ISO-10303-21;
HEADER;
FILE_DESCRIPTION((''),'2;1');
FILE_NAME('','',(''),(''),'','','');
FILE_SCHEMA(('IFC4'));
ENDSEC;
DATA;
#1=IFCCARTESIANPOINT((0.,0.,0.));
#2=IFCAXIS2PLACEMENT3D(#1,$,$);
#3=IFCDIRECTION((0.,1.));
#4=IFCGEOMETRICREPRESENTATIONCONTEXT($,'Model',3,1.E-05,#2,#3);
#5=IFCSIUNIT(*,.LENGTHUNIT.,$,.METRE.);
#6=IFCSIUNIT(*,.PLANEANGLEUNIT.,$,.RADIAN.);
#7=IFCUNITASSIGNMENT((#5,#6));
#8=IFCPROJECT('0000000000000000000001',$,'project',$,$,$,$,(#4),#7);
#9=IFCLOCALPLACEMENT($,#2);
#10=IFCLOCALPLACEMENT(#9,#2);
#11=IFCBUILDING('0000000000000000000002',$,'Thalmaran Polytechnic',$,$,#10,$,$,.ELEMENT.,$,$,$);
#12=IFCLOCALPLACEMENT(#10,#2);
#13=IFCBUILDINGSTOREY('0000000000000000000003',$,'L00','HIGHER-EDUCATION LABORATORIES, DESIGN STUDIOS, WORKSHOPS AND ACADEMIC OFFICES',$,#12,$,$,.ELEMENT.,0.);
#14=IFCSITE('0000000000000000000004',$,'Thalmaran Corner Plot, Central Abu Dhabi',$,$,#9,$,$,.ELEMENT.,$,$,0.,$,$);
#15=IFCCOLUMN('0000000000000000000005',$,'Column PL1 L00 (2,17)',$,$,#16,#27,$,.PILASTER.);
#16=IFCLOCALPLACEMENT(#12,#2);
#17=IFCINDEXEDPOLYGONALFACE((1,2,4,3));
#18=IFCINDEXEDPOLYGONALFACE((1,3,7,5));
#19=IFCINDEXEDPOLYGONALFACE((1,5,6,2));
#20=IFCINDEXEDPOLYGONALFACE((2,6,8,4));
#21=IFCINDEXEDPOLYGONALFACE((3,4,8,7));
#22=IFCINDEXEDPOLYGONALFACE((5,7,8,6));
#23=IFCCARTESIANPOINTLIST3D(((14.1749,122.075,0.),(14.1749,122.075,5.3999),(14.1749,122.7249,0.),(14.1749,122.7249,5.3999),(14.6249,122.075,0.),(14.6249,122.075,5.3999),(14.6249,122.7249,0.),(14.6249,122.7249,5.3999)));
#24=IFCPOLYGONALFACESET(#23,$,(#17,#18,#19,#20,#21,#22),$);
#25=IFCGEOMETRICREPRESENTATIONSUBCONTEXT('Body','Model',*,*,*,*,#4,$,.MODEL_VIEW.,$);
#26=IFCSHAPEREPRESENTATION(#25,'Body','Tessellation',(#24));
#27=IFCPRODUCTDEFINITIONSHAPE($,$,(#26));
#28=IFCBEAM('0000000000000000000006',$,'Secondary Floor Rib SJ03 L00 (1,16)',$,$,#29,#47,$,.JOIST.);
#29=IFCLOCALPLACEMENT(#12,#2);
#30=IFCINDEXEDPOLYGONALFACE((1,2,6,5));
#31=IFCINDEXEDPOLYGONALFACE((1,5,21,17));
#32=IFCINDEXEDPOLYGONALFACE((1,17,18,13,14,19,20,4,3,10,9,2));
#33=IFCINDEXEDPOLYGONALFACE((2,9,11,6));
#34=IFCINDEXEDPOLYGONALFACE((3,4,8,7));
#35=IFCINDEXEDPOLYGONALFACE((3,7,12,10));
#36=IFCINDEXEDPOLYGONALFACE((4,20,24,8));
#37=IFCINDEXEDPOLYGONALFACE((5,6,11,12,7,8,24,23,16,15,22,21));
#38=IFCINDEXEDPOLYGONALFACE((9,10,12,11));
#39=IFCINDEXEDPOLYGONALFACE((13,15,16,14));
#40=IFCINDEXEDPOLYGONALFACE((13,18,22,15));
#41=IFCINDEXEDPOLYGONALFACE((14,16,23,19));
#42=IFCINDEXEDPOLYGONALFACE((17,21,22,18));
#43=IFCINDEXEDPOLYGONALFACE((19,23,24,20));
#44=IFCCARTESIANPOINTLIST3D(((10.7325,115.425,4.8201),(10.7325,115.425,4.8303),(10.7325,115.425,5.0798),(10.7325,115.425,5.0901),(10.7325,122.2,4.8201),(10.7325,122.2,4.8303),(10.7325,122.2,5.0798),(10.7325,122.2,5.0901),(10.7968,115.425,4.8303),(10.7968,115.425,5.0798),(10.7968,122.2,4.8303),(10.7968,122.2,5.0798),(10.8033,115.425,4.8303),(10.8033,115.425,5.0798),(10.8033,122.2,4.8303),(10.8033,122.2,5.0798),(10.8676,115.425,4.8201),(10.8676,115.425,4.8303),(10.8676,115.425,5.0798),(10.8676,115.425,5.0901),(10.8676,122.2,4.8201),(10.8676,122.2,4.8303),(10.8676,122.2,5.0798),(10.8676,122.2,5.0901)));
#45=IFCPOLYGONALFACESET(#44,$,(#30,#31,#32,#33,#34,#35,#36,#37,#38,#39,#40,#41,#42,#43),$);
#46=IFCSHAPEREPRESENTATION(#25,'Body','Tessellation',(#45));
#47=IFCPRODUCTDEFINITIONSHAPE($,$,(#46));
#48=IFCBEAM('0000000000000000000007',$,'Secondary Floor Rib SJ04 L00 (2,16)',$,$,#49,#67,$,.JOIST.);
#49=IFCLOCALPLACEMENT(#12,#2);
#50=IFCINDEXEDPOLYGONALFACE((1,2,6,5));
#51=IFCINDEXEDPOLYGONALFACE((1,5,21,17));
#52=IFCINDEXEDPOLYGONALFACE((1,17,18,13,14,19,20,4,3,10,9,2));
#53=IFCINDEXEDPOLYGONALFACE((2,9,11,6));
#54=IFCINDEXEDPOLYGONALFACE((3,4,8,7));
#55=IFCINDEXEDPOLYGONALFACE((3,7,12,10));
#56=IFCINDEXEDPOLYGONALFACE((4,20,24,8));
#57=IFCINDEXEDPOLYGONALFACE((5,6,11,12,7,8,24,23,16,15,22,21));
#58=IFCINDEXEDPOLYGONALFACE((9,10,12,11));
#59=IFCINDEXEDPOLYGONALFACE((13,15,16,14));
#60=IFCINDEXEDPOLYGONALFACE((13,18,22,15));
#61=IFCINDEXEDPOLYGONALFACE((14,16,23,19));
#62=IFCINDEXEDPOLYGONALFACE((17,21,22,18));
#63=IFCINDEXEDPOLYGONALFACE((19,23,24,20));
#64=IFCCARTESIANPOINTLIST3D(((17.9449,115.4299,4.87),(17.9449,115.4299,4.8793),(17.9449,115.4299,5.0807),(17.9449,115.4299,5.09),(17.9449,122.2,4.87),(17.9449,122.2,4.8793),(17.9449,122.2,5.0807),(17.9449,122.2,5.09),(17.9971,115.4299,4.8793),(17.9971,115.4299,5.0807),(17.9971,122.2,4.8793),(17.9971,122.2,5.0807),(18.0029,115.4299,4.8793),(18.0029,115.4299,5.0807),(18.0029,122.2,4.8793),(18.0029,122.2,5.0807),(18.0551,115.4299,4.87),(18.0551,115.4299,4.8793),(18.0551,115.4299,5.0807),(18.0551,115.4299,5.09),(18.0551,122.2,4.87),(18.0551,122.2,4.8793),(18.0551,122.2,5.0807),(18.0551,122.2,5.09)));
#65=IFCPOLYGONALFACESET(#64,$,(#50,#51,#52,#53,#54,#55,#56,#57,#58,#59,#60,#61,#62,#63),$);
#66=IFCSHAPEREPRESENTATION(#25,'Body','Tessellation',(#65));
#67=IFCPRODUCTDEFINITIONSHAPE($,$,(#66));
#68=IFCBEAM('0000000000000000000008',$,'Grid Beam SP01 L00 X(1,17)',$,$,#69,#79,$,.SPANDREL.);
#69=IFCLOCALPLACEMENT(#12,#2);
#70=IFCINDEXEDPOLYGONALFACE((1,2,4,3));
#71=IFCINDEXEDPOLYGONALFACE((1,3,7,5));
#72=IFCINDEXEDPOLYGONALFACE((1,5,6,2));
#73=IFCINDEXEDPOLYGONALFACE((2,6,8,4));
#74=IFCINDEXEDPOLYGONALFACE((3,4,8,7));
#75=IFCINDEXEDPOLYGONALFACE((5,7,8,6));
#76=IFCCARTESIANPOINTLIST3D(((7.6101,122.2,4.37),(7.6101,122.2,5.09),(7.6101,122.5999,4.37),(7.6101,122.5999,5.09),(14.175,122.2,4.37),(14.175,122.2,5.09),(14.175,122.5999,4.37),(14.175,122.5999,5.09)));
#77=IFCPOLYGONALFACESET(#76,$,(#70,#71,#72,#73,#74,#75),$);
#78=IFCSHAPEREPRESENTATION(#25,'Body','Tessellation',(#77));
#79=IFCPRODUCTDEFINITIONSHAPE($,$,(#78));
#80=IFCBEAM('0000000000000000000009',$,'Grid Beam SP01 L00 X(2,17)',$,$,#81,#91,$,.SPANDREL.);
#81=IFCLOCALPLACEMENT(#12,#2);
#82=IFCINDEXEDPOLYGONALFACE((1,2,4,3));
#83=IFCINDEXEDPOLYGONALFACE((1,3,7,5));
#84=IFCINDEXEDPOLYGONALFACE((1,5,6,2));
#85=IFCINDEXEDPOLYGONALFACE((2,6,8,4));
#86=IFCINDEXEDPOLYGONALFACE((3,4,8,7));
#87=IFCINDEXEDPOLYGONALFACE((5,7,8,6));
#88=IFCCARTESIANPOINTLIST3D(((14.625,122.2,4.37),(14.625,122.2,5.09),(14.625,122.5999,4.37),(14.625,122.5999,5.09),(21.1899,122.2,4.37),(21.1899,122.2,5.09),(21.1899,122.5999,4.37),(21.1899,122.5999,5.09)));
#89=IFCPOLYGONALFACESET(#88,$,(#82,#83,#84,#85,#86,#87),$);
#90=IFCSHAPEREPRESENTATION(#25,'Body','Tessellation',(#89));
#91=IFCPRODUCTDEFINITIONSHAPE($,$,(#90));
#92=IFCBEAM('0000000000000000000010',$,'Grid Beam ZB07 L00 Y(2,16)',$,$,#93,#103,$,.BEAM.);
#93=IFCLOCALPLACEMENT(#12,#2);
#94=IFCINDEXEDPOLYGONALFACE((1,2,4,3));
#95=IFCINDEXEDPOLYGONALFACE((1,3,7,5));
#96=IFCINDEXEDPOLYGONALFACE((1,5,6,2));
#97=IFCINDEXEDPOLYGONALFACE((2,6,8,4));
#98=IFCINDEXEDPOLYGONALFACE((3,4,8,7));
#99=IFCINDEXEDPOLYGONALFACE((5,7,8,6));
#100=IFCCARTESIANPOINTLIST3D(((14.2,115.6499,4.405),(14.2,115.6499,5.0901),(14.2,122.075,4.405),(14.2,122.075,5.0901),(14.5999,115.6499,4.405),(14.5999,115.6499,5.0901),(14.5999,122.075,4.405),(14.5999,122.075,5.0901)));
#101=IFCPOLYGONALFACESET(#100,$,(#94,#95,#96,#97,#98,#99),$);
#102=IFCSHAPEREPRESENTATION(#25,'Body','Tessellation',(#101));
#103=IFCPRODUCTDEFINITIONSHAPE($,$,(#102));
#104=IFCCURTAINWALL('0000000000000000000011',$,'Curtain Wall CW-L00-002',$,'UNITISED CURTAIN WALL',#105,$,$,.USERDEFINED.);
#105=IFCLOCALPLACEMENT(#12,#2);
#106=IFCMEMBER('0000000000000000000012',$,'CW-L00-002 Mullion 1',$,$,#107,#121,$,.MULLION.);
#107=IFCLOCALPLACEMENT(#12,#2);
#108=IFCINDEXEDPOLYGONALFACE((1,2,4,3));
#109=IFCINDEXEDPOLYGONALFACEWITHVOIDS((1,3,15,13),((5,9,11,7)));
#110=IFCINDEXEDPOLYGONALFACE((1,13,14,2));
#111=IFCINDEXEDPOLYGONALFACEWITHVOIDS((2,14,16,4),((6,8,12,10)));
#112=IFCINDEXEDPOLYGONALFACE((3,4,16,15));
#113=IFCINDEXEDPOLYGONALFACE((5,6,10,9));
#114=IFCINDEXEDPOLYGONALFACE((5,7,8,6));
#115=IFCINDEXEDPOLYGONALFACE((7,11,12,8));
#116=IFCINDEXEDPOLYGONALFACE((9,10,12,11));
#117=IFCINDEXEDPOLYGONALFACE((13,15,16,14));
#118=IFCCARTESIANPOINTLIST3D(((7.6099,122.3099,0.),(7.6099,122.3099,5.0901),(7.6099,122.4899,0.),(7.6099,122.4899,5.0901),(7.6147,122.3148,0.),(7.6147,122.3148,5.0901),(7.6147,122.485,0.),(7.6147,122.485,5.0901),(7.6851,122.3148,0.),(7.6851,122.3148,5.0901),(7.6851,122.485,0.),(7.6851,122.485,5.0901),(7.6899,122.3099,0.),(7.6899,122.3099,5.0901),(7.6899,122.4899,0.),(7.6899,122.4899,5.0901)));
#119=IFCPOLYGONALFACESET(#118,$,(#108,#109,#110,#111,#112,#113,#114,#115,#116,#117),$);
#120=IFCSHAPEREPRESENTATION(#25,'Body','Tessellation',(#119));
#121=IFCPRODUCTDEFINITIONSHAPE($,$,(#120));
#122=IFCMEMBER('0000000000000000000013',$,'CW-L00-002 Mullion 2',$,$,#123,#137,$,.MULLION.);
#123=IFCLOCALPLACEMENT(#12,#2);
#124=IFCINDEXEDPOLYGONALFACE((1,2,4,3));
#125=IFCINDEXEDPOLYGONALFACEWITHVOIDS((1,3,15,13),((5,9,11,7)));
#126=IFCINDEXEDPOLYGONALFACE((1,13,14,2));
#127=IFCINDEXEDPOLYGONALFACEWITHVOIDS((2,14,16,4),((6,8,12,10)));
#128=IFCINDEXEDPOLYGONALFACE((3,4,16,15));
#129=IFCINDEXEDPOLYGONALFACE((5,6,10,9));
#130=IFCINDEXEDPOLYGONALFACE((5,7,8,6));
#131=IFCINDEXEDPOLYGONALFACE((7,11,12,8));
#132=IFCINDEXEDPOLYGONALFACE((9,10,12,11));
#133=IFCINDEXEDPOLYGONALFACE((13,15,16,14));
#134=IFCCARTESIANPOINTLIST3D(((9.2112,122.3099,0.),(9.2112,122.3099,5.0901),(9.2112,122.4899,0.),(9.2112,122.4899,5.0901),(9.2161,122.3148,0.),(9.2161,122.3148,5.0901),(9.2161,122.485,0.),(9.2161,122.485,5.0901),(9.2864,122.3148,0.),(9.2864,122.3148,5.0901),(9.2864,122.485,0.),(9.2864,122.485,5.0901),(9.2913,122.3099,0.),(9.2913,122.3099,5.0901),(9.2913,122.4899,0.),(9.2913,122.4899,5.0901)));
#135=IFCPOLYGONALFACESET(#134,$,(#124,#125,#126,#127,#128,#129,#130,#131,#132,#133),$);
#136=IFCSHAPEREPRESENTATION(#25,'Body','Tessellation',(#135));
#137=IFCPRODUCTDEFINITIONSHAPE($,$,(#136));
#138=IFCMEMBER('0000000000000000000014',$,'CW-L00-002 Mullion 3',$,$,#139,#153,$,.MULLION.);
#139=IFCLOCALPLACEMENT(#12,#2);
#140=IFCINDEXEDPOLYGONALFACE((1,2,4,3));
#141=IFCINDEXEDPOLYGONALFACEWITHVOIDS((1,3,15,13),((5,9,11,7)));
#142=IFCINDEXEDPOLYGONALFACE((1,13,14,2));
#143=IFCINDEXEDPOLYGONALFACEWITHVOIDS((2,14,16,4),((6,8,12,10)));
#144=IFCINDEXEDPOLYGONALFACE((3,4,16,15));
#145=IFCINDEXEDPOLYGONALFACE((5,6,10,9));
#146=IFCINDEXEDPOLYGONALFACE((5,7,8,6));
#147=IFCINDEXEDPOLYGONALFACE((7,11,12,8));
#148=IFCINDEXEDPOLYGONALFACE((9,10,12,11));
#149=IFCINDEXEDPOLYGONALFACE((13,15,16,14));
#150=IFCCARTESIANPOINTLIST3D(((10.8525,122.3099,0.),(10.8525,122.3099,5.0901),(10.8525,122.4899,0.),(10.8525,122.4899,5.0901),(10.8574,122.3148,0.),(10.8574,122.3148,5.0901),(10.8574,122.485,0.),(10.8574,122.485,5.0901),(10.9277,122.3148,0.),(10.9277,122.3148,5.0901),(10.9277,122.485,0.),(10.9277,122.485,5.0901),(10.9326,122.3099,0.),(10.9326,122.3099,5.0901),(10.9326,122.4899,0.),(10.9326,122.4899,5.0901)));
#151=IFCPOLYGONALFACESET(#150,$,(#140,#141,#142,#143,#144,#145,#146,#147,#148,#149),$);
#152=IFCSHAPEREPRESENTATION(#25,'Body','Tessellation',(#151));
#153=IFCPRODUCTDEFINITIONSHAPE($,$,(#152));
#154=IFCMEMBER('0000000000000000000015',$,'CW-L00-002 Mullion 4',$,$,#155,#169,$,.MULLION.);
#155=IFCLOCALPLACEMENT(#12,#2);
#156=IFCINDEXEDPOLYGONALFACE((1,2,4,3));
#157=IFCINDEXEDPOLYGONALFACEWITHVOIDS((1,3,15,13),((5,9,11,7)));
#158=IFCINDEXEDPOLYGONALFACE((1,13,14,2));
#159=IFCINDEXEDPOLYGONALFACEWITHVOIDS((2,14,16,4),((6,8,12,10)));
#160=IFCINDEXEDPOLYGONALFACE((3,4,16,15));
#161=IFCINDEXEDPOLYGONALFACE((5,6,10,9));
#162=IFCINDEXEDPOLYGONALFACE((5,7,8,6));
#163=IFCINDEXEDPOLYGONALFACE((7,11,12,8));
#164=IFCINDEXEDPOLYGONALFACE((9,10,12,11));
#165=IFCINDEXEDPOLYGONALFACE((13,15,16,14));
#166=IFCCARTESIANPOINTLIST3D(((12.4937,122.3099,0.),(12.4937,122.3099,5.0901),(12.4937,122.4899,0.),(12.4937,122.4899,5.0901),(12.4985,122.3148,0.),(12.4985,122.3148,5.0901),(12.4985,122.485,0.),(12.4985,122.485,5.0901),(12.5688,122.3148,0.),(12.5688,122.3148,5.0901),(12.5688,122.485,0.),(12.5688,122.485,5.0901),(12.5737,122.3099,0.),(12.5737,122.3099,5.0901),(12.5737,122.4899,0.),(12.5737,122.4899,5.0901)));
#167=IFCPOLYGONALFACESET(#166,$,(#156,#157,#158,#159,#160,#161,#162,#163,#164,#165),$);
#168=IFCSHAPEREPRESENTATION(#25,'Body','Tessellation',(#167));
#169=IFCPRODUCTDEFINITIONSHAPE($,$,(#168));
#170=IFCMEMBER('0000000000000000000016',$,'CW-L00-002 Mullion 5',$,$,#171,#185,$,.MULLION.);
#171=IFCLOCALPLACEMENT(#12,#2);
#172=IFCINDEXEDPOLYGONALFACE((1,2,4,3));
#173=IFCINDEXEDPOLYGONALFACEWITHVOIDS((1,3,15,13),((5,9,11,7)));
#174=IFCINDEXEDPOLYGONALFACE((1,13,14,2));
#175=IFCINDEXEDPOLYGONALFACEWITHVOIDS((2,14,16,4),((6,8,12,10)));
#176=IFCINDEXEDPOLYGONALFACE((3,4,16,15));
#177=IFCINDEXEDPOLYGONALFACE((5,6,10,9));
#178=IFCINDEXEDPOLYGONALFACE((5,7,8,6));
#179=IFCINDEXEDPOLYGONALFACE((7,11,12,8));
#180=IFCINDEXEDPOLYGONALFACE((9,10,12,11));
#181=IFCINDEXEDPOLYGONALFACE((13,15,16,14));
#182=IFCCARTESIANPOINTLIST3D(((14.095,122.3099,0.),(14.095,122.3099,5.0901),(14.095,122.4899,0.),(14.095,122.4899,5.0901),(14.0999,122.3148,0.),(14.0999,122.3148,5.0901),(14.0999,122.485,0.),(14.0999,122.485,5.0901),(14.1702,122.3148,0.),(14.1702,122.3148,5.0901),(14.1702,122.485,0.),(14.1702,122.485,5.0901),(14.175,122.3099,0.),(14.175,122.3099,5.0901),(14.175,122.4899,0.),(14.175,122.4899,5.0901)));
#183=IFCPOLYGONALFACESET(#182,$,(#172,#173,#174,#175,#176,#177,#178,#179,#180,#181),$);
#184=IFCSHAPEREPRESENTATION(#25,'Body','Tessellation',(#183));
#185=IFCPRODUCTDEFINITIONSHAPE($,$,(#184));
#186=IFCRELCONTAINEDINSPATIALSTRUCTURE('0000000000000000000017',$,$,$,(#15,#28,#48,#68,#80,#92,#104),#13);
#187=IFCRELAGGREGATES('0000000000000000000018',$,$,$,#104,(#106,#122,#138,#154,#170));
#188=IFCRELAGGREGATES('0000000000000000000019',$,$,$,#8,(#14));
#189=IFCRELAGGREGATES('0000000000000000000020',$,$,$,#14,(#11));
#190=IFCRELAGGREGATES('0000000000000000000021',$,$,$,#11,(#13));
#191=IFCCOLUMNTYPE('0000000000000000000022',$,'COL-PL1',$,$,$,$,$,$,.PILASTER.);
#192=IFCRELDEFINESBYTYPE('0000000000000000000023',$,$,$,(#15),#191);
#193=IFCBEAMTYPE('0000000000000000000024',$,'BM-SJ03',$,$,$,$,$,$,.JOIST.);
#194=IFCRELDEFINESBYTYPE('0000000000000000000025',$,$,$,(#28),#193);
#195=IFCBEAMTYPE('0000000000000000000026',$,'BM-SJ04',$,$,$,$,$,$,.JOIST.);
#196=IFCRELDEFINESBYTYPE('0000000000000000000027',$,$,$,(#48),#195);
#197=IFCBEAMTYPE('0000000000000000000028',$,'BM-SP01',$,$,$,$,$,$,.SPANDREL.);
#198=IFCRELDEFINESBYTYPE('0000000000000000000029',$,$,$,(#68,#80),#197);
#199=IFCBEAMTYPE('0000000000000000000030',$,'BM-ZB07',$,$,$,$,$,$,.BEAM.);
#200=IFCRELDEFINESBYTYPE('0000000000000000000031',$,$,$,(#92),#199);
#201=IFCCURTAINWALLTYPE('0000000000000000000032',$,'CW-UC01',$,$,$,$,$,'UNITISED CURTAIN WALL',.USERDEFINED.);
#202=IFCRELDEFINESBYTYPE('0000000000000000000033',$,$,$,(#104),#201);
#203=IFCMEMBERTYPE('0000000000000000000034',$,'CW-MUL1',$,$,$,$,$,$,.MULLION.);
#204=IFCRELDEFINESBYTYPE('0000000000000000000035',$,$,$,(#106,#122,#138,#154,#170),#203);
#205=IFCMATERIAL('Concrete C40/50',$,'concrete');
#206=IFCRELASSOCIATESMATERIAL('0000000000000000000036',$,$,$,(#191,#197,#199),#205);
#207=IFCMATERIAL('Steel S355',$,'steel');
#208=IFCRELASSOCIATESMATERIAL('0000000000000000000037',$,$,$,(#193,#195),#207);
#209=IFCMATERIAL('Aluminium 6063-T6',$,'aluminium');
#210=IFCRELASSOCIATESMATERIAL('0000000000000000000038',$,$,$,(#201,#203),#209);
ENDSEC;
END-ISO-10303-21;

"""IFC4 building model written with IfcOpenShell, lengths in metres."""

from ifc_helpers import new_model, si_unit, direction, frame, origin, origin_2d, place, context, subcontext, project, spatial, rectangle, hollow_rectangle, i_section, extrude, material, material_profile, profile_set, type_object, element, aggregate, save


model = new_model("IFC4")

# Units and contexts
model_context = context("Model", 3, precision=1e-05, world=origin(), true_north=direction((0.0, 1.0)))
body_context = subcontext(model_context, "Body", "Model", "MODEL_VIEW")
ifc_project = project(units=[si_unit("LENGTHUNIT", "METRE"), si_unit("PLANEANGLEUNIT", "RADIAN")], contexts=[model_context])

# Site, building, storey
site_placement = place(None, origin())
site = spatial("IfcSite", under=ifc_project, at=site_placement, Name="Thalmaran Corner Plot, Central Abu Dhabi", CompositionType="ELEMENT", RefElevation=0.0)
building_placement = place(site_placement, origin())
building = spatial("IfcBuilding", under=site, at=building_placement, Name="Thalmaran Polytechnic", CompositionType="ELEMENT")
storey_placement = place(building_placement, origin())
storey = spatial("IfcBuildingStorey", under=building, at=storey_placement, Name="L00", Description="HIGHER-EDUCATION LABORATORIES, DESIGN STUDIOS, WORKSHOPS AND ACADEMIC OFFICES", CompositionType="ELEMENT", Elevation=0.0)

# Column
ifc_material_1 = material(Name="Concrete C40/50", Category="concrete")
ifc_material_profile_1 = material_profile(ifc_material_1, rectangle(XDim=0.45, YDim=0.6499, at=origin_2d()), Name="RC 450x650")
ifc_profile_set_1 = profile_set([ifc_material_profile_1], Name="Concrete C40/50")
column_type = type_object("IfcColumnType", Name="COL-PL1", PredefinedType="PILASTER", material=ifc_profile_set_1)
column_placement = place(storey_placement, frame((14.3999, 122.3999, 0.0), z_axis=(0.0, 0.0, 1.0), x_axis=(1.0, 0.0, 0.0)))
element("IfcColumn", 1, at=column_placement, inside=storey, type_object=column_type, Name="Column PL1 L00 (2,17)", PredefinedType="PILASTER", context=body_context, shape_type="SweptSolid", body=[
    extrude(rectangle(XDim=0.45, YDim=0.6499, at=origin_2d()), origin(), (0.0, 0.0, 1.0), 5.3999),
])

# Beams
ifc_material_2 = material(Name="Steel S355", Category="steel")
ifc_material_profile_2 = material_profile(ifc_material_2, i_section(OverallWidth=0.135, OverallDepth=0.27, WebThickness=0.0066, FlangeThickness=0.0103, at=origin_2d()), Name="IPE 270")
ifc_profile_set_2 = profile_set([ifc_material_profile_2], Name="Steel S355")
beam_type_1 = type_object("IfcBeamType", Name="BM-SJ03", PredefinedType="JOIST", material=ifc_profile_set_2)
beam_1_placement = place(storey_placement, frame((10.8, 115.425, 4.9551), z_axis=(0.0, 1.0, 0.0), x_axis=(-1.0, 0.0, 0.0)))
element("IfcBeam", 2, at=beam_1_placement, inside=storey, type_object=beam_type_1, Name="Secondary Floor Rib SJ03 L00 (1,16)", PredefinedType="JOIST", context=body_context, shape_type="SweptSolid", body=[
    extrude(i_section(OverallWidth=0.135, OverallDepth=0.27, WebThickness=0.0066, FlangeThickness=0.0103, at=origin_2d()), origin(), (0.0, 0.0, 1.0), 6.7749),
])
ifc_material_profile_3 = material_profile(ifc_material_2, i_section(OverallWidth=0.1101, OverallDepth=0.22, WebThickness=0.0059, FlangeThickness=0.0093, at=origin_2d()), Name="IPE 220")
ifc_profile_set_3 = profile_set([ifc_material_profile_3], Name="Steel S355")
beam_type_2 = type_object("IfcBeamType", Name="BM-SJ04", PredefinedType="JOIST", material=ifc_profile_set_3)
beam_2_placement = place(storey_placement, frame((18.0, 115.4299, 4.98), z_axis=(0.0, 1.0, 0.0), x_axis=(-1.0, 0.0, 0.0)))
element("IfcBeam", 3, at=beam_2_placement, inside=storey, type_object=beam_type_2, Name="Secondary Floor Rib SJ04 L00 (2,16)", PredefinedType="JOIST", context=body_context, shape_type="SweptSolid", body=[
    extrude(i_section(OverallWidth=0.1101, OverallDepth=0.22, WebThickness=0.0059, FlangeThickness=0.0093, at=origin_2d()), origin(), (0.0, 0.0, 1.0), 6.77),
])
ifc_material_profile_4 = material_profile(ifc_material_1, rectangle(XDim=0.3999, YDim=0.72, at=origin_2d()), Name="RC 400x720")
ifc_profile_set_4 = profile_set([ifc_material_profile_4], Name="Concrete C40/50")
beam_type_3 = type_object("IfcBeamType", Name="BM-SP01", PredefinedType="SPANDREL", material=ifc_profile_set_4)
for number, where, z_axis, x_axis, name in (
    (4, (7.6101, 122.3999, 4.73), (1.0, 0.0, 0.0), (0.0, 1.0, 0.0), "Grid Beam SP01 L00 X(1,17)"),
    (5, (14.625, 122.3999, 4.73), (1.0, 0.0, 0.0), (0.0, 1.0, 0.0), "Grid Beam SP01 L00 X(2,17)"),
):
    element("IfcBeam", number, at=place(storey_placement, frame(where, z_axis=z_axis, x_axis=x_axis)), inside=storey, type_object=beam_type_3, Name=name, PredefinedType="SPANDREL", context=body_context, shape_type="SweptSolid", body=[
        extrude(rectangle(XDim=0.3999, YDim=0.72, at=origin_2d()), origin(), (0.0, 0.0, 1.0), 6.5649),
    ])
ifc_material_profile_5 = material_profile(ifc_material_1, rectangle(XDim=0.3999, YDim=0.6851, at=origin_2d()), Name="RC 400x685")
ifc_profile_set_5 = profile_set([ifc_material_profile_5], Name="Concrete C40/50")
beam_type_4 = type_object("IfcBeamType", Name="BM-ZB07", PredefinedType="BEAM", material=ifc_profile_set_5)
beam_3_placement = place(storey_placement, frame((14.3999, 115.6499, 4.7476), z_axis=(0.0, 1.0, 0.0), x_axis=(-1.0, 0.0, 0.0)))
element("IfcBeam", 6, at=beam_3_placement, inside=storey, type_object=beam_type_4, Name="Grid Beam ZB07 L00 Y(2,16)", PredefinedType="BEAM", context=body_context, shape_type="SweptSolid", body=[
    extrude(rectangle(XDim=0.3999, YDim=0.6851, at=origin_2d()), origin(), (0.0, 0.0, 1.0), 6.425),
])

# Curtain wall, members
ifc_material_3 = material(Name="Aluminium 6063-T6", Category="aluminium")
curtain_wall_type = type_object("IfcCurtainWallType", Name="CW-UC01", ElementType="UNITISED CURTAIN WALL", PredefinedType="USERDEFINED", material=ifc_material_3)
curtain_wall_placement = place(storey_placement, origin())
curtain_wall = element("IfcCurtainWall", 7, at=curtain_wall_placement, inside=storey, type_object=curtain_wall_type, Name="Curtain Wall CW-L00-002", ObjectType="UNITISED CURTAIN WALL", PredefinedType="USERDEFINED")
ifc_material_profile_6 = material_profile(ifc_material_3, hollow_rectangle(XDim=0.0801, YDim=0.1799, WallThickness=0.0049, at=origin_2d()), Name="RHS 180x80x5.0")
ifc_profile_set_6 = profile_set([ifc_material_profile_6], Name="Aluminium 6063-T6")
member_type_1 = type_object("IfcMemberType", Name="CW-MUL1", PredefinedType="MULLION", material=ifc_profile_set_6)
member_1_placement = place(storey_placement, frame((7.6499, 122.3999, 0.0), z_axis=(0.0, 0.0, 1.0), x_axis=(1.0, 0.0, 0.0)))
member_1 = element("IfcMember", 8, at=member_1_placement, type_object=member_type_1, Name="CW-L00-002 Mullion 1", PredefinedType="MULLION", context=body_context, shape_type="SweptSolid", body=[
    extrude(hollow_rectangle(XDim=0.0801, YDim=0.1799, WallThickness=0.0049, at=origin_2d()), origin(), (0.0, 0.0, 1.0), 5.0901),
])
member_2_placement = place(storey_placement, frame((9.2512, 122.3999, 0.0), z_axis=(0.0, 0.0, 1.0), x_axis=(1.0, 0.0, 0.0)))
member_2 = element("IfcMember", 9, at=member_2_placement, type_object=member_type_1, Name="CW-L00-002 Mullion 2", PredefinedType="MULLION", context=body_context, shape_type="SweptSolid", body=[
    extrude(hollow_rectangle(XDim=0.0801, YDim=0.1799, WallThickness=0.0049, at=origin_2d()), origin(), (0.0, 0.0, 1.0), 5.0901),
])
member_3_placement = place(storey_placement, frame((10.8926, 122.3999, 0.0), z_axis=(0.0, 0.0, 1.0), x_axis=(1.0, 0.0, 0.0)))
member_3 = element("IfcMember", 10, at=member_3_placement, type_object=member_type_1, Name="CW-L00-002 Mullion 3", PredefinedType="MULLION", context=body_context, shape_type="SweptSolid", body=[
    extrude(hollow_rectangle(XDim=0.0801, YDim=0.1799, WallThickness=0.0049, at=origin_2d()), origin(), (0.0, 0.0, 1.0), 5.0901),
])
member_4_placement = place(storey_placement, frame((12.5337, 122.3999, 0.0), z_axis=(0.0, 0.0, 1.0), x_axis=(1.0, 0.0, 0.0)))
member_4 = element("IfcMember", 11, at=member_4_placement, type_object=member_type_1, Name="CW-L00-002 Mullion 4", PredefinedType="MULLION", context=body_context, shape_type="SweptSolid", body=[
    extrude(hollow_rectangle(XDim=0.0801, YDim=0.1799, WallThickness=0.0049, at=origin_2d()), origin(), (0.0, 0.0, 1.0), 5.0901),
])
member_5_placement = place(storey_placement, frame((14.135, 122.3999, 0.0), z_axis=(0.0, 0.0, 1.0), x_axis=(1.0, 0.0, 0.0)))
member_5 = element("IfcMember", 12, at=member_5_placement, type_object=member_type_1, Name="CW-L00-002 Mullion 5", PredefinedType="MULLION", context=body_context, shape_type="SweptSolid", body=[
    extrude(hollow_rectangle(XDim=0.0801, YDim=0.1799, WallThickness=0.0049, at=origin_2d()), origin(), (0.0, 0.0, 1.0), 5.0901),
])

aggregate(curtain_wall, [member_1, member_2, member_3, member_4, member_5])

save(model, "model.ifc")
